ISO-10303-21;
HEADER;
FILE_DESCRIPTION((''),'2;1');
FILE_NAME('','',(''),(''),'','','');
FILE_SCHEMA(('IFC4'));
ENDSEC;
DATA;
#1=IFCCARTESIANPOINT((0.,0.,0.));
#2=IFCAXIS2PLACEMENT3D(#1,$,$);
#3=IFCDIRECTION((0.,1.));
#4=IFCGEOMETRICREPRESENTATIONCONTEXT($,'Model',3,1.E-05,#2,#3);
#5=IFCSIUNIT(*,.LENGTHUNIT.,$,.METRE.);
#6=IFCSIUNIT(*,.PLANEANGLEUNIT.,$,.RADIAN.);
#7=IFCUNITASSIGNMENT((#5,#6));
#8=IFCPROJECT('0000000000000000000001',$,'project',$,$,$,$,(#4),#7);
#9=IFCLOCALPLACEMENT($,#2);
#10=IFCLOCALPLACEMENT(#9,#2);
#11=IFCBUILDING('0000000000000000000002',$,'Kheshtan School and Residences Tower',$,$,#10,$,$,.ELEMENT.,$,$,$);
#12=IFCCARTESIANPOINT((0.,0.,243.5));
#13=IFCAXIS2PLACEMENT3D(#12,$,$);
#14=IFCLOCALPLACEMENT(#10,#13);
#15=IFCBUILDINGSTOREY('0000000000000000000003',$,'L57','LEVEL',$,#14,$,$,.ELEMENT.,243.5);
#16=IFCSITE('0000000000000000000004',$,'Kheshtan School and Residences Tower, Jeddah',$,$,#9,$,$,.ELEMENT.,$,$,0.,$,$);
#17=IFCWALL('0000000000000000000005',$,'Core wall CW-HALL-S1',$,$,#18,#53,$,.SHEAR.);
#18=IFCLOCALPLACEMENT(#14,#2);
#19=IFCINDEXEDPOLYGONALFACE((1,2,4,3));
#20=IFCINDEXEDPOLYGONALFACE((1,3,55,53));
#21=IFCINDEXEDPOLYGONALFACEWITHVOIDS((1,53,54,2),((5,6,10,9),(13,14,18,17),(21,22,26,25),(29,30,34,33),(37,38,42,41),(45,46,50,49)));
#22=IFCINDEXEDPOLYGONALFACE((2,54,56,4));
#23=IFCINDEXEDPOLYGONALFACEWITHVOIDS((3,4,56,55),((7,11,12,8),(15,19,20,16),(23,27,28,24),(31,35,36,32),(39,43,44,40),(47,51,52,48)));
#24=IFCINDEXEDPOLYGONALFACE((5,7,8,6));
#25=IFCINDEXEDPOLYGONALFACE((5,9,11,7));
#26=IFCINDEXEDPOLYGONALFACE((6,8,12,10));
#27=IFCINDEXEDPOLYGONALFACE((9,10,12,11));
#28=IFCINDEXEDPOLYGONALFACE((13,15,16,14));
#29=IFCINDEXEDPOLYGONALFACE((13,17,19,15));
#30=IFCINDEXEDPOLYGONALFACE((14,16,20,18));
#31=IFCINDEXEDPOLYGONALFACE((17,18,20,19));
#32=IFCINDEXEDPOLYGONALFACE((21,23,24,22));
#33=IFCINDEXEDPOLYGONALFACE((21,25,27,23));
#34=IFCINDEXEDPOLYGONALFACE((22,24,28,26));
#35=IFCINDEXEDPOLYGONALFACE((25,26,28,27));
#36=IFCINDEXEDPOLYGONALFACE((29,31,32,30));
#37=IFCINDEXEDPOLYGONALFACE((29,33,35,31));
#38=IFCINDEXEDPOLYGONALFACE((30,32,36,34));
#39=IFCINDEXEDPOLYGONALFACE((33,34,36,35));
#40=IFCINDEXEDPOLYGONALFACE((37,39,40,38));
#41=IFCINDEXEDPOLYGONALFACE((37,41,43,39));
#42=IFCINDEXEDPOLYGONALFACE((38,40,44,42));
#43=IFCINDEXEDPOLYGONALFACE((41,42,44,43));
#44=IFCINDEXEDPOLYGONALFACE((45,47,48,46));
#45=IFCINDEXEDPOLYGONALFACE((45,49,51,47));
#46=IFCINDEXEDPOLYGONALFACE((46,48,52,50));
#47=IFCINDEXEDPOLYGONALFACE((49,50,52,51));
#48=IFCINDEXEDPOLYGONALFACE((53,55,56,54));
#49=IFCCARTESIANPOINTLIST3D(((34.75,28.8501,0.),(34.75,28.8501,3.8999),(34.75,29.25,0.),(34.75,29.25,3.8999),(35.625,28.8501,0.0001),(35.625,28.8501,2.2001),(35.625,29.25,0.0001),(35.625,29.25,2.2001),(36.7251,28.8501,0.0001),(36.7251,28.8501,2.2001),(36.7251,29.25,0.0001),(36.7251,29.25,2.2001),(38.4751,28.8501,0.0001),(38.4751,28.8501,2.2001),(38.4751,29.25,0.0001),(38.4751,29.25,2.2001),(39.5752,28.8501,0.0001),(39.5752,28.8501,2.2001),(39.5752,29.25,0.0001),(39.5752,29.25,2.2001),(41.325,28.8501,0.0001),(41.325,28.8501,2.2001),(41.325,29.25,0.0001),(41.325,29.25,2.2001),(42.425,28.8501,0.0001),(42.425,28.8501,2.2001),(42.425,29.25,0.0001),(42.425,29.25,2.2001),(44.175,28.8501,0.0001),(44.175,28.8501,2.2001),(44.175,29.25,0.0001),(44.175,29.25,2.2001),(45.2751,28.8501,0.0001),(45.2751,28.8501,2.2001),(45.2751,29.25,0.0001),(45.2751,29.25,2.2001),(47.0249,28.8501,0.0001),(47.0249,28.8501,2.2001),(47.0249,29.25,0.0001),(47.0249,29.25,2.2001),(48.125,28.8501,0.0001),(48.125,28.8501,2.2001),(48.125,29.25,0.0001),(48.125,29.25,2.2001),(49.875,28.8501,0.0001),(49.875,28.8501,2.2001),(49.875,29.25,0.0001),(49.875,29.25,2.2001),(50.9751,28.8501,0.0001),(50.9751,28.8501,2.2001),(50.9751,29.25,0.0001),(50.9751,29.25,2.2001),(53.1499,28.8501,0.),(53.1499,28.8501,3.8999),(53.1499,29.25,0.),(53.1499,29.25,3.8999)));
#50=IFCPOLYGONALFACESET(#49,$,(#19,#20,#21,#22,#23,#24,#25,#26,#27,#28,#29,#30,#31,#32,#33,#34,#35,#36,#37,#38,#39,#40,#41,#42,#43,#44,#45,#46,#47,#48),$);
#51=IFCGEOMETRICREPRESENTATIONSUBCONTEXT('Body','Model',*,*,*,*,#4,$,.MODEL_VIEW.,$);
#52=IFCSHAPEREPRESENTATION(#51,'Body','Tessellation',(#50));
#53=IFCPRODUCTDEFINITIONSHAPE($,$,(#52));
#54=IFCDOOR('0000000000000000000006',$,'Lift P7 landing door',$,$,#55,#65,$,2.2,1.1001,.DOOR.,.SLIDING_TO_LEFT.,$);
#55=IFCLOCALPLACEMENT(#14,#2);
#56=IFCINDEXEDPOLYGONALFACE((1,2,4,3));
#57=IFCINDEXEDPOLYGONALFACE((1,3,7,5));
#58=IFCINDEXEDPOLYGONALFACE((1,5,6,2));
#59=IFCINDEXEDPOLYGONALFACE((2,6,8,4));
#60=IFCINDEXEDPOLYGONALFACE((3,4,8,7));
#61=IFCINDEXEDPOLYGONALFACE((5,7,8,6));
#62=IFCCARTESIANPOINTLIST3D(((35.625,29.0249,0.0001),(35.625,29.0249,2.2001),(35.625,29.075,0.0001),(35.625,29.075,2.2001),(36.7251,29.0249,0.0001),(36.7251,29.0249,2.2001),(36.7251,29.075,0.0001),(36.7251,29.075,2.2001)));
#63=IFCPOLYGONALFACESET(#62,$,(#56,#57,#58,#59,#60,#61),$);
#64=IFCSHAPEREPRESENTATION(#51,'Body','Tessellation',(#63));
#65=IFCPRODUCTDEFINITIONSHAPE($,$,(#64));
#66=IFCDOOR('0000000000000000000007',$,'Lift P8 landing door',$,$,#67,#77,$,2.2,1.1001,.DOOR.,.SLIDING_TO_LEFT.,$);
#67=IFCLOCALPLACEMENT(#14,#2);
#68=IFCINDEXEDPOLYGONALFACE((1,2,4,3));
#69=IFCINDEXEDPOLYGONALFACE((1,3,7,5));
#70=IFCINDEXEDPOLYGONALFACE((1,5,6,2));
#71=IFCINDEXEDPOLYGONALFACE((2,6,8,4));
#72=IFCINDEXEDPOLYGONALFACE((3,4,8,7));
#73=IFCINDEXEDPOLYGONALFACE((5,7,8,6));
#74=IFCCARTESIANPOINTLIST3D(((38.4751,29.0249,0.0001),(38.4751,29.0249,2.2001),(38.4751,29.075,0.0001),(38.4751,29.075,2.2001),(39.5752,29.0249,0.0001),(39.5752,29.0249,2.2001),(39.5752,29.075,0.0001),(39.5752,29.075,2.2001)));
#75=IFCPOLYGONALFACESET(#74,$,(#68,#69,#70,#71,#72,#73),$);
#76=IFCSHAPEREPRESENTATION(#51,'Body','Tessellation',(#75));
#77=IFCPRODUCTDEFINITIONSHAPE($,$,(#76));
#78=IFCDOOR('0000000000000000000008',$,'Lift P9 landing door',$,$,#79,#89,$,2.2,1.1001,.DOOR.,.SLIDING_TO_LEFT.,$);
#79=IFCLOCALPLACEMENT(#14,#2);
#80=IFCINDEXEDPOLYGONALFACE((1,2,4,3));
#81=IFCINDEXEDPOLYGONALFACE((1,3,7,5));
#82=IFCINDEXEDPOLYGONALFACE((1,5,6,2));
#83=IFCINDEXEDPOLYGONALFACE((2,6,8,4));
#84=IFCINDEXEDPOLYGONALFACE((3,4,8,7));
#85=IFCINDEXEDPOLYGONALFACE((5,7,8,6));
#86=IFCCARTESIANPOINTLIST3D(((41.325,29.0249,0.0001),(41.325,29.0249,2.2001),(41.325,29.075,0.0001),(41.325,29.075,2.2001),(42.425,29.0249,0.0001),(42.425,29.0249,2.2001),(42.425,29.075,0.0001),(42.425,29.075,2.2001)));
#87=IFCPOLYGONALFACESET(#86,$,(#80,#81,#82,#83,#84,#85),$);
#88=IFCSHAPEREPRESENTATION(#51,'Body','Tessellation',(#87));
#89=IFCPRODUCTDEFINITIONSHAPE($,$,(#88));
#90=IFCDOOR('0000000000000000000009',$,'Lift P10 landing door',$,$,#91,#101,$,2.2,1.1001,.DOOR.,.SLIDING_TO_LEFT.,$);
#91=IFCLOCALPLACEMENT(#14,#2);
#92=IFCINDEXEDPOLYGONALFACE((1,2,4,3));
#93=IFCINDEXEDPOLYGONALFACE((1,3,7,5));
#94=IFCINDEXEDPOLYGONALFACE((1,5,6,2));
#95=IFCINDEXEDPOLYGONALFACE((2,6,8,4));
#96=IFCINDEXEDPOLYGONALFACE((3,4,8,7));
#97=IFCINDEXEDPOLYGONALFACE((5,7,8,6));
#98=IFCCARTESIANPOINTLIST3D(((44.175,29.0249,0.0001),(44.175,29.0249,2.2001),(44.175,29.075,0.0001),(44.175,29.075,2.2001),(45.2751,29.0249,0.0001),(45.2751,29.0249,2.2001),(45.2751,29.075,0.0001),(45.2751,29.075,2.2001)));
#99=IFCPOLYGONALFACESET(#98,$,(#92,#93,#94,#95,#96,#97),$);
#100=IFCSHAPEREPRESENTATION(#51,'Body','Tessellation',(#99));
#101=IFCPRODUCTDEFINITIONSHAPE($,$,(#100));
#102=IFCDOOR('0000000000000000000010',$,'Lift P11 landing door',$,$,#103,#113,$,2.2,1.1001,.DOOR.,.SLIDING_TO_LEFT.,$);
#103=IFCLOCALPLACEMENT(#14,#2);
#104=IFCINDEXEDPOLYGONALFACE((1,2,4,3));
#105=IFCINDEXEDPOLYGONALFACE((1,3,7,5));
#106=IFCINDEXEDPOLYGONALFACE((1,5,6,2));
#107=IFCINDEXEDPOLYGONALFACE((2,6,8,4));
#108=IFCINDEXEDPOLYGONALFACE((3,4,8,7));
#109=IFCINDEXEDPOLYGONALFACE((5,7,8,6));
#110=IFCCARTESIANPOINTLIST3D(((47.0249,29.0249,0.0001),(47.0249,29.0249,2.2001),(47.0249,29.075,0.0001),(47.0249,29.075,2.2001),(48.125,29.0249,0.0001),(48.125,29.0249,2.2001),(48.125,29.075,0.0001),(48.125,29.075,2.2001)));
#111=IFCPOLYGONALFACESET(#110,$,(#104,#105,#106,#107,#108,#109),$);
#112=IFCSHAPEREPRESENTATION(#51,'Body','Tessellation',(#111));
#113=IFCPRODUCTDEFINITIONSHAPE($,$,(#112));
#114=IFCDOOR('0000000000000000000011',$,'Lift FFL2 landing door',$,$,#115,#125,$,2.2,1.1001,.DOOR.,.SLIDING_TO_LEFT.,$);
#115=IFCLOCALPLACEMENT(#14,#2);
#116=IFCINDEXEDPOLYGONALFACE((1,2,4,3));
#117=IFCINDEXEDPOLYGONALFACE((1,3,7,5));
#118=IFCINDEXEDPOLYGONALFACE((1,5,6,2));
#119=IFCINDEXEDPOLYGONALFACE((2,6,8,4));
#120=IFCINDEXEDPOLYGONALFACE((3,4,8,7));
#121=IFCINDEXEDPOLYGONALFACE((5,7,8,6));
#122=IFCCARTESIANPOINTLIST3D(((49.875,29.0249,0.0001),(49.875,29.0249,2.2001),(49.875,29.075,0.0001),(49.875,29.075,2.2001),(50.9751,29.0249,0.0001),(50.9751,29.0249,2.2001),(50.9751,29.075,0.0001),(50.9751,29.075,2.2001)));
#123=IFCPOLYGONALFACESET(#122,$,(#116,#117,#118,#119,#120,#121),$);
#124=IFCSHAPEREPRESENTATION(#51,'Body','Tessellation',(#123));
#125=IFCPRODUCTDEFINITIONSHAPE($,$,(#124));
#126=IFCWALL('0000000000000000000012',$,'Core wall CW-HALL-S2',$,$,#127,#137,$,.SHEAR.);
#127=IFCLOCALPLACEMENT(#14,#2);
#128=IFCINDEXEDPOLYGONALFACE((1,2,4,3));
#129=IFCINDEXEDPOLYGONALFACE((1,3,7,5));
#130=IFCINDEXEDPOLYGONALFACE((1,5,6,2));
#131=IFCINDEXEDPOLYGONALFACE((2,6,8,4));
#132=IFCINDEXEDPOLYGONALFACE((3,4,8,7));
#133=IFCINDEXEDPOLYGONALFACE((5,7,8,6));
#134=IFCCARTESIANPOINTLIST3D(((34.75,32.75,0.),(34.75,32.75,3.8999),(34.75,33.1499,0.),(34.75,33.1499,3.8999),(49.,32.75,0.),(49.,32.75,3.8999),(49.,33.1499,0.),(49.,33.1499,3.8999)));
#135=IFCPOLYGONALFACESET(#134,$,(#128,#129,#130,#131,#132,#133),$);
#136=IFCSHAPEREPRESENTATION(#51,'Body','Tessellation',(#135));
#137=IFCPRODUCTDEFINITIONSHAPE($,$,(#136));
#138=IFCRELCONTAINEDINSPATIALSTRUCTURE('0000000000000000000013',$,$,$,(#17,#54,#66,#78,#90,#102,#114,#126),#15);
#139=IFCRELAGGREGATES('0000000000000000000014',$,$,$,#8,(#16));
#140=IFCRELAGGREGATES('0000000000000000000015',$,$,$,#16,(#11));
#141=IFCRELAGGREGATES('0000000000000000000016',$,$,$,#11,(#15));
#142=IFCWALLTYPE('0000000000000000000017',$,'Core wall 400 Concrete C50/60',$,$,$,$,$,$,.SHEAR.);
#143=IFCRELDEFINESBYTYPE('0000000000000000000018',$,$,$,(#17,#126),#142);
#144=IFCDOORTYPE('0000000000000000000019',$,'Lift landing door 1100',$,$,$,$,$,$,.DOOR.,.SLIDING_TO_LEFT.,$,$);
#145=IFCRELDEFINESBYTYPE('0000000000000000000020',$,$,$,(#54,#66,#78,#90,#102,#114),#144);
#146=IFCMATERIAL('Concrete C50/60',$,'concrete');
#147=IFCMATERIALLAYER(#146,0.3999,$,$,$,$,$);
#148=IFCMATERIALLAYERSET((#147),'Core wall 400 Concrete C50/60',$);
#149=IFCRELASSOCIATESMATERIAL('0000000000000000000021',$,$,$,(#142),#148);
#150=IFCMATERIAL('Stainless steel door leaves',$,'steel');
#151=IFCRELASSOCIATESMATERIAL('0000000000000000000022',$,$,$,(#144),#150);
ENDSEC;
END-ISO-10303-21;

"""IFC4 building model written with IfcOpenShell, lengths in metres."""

from ifc_helpers import new_model, si_unit, direction, frame, frame_2d, origin, place, context, subcontext, project, spatial, rectangle, extrude, source, transform, mapped, material, layer, layer_set, type_object, element, fill, save


model = new_model("IFC4")

# Units and contexts
model_context = context("Model", 3, precision=1e-05, world=origin(), true_north=direction((0.0, 1.0)))
body_context = subcontext(model_context, "Body", "Model", "MODEL_VIEW")
ifc_project = project(units=[si_unit("LENGTHUNIT", "METRE"), si_unit("PLANEANGLEUNIT", "RADIAN")], contexts=[model_context])

# Site, building, storey
site_placement = place(None, origin())
site = spatial("IfcSite", under=ifc_project, at=site_placement, Name="Kheshtan School and Residences Tower, Jeddah", CompositionType="ELEMENT", RefElevation=0.0)
building_placement = place(site_placement, origin())
building = spatial("IfcBuilding", under=site, at=building_placement, Name="Kheshtan School and Residences Tower", CompositionType="ELEMENT")
storey_placement = place(building_placement, frame((0.0, 0.0, 243.5)))
storey = spatial("IfcBuildingStorey", under=building, at=storey_placement, Name="L57", Description="LEVEL", CompositionType="ELEMENT", Elevation=243.5)

# Wall, openings, doors
ifc_material_1 = material(Name="Concrete C50/60", Category="concrete")
ifc_layer_1 = layer(ifc_material_1, 0.3999)
ifc_layer_set_1 = layer_set([ifc_layer_1], Name="Core wall 400 Concrete C50/60")
wall_type_1 = type_object("IfcWallType", Name="Core wall 400 Concrete C50/60", PredefinedType="SHEAR", material=ifc_layer_set_1)
wall_1_placement = place(storey_placement, frame((34.75, 29.05, 0.0), z_axis=(0.0, 0.0, 1.0), x_axis=(1.0, 0.0, 0.0)))
wall_1 = element("IfcWall", 1, at=wall_1_placement, inside=storey, type_object=wall_type_1, Name="Core wall CW-HALL-S1", PredefinedType="SHEAR", context=body_context, shape_type="SweptSolid", body=[
    extrude(rectangle(XDim=18.3999, YDim=0.3999, at=frame_2d((9.2, 0.0))), origin(), (0.0, 0.0, 1.0), 3.8999),
])
opening_1_placement = place(wall_1_placement, frame((0.875, 0.0, 0.0)))
opening_1 = element("IfcOpeningElement", 2, at=opening_1_placement, cuts=wall_1, PredefinedType="OPENING", context=body_context, shape_type="SweptSolid", body=[
    extrude(rectangle(XDim=1.1001, YDim=2.2, at=frame_2d((0.55, 1.1001))), frame((0.0, 0.21, 0.0), z_axis=(0.0, -1.0, 0.0), x_axis=(1.0, 0.0, 0.0)), (0.0, 0.0, 1.0), 0.4199),
])
opening_2_placement = place(wall_1_placement, frame((3.7251, 0.0, 0.0)))
opening_2 = element("IfcOpeningElement", 3, at=opening_2_placement, cuts=wall_1, PredefinedType="OPENING", context=body_context, shape_type="SweptSolid", body=[
    extrude(rectangle(XDim=1.1001, YDim=2.2, at=frame_2d((0.55, 1.1001))), frame((0.0, 0.21, 0.0), z_axis=(0.0, -1.0, 0.0), x_axis=(1.0, 0.0, 0.0)), (0.0, 0.0, 1.0), 0.4199),
])
opening_3_placement = place(wall_1_placement, frame((6.575, 0.0, 0.0)))
opening_3 = element("IfcOpeningElement", 4, at=opening_3_placement, cuts=wall_1, PredefinedType="OPENING", context=body_context, shape_type="SweptSolid", body=[
    extrude(rectangle(XDim=1.1001, YDim=2.2, at=frame_2d((0.55, 1.1001))), frame((0.0, 0.21, 0.0), z_axis=(0.0, -1.0, 0.0), x_axis=(1.0, 0.0, 0.0)), (0.0, 0.0, 1.0), 0.4199),
])
opening_4_placement = place(wall_1_placement, frame((9.425, 0.0, 0.0)))
opening_4 = element("IfcOpeningElement", 5, at=opening_4_placement, cuts=wall_1, PredefinedType="OPENING", context=body_context, shape_type="SweptSolid", body=[
    extrude(rectangle(XDim=1.1001, YDim=2.2, at=frame_2d((0.55, 1.1001))), frame((0.0, 0.21, 0.0), z_axis=(0.0, -1.0, 0.0), x_axis=(1.0, 0.0, 0.0)), (0.0, 0.0, 1.0), 0.4199),
])
opening_5_placement = place(wall_1_placement, frame((12.2749, 0.0, 0.0)))
opening_5 = element("IfcOpeningElement", 6, at=opening_5_placement, cuts=wall_1, PredefinedType="OPENING", context=body_context, shape_type="SweptSolid", body=[
    extrude(rectangle(XDim=1.1001, YDim=2.2, at=frame_2d((0.55, 1.1001))), frame((0.0, 0.21, 0.0), z_axis=(0.0, -1.0, 0.0), x_axis=(1.0, 0.0, 0.0)), (0.0, 0.0, 1.0), 0.4199),
])
opening_6_placement = place(wall_1_placement, frame((15.125, 0.0, 0.0)))
opening_6 = element("IfcOpeningElement", 7, at=opening_6_placement, cuts=wall_1, PredefinedType="OPENING", context=body_context, shape_type="SweptSolid", body=[
    extrude(rectangle(XDim=1.1001, YDim=2.2, at=frame_2d((0.55, 1.1001))), frame((0.0, 0.21, 0.0), z_axis=(0.0, -1.0, 0.0), x_axis=(1.0, 0.0, 0.0)), (0.0, 0.0, 1.0), 0.4199),
])
ifc_material_2 = material(Name="Stainless steel door leaves", Category="steel")
door_type_1 = type_object("IfcDoorType", Name="Lift landing door 1100", OperationType="SLIDING_TO_LEFT", PredefinedType="DOOR", material=ifc_material_2)
shared_shape_1 = source(origin(), body_context, "Body", "SweptSolid", [
    extrude(rectangle(XDim=1.1001, YDim=2.2, at=frame_2d((0.55, 1.1001))), frame((0.0, 0.0249, 0.0), z_axis=(0.0, -1.0, 0.0), x_axis=(1.0, 0.0, 0.0)), (0.0, 0.0, 1.0), 0.05),
])
door_1_placement = place(opening_1_placement, origin())
door_1 = element("IfcDoor", 8, at=door_1_placement, inside=storey, type_object=door_type_1, Name="Lift P7 landing door", OperationType="SLIDING_TO_LEFT", OverallHeight=2.2, OverallWidth=1.1001, PredefinedType="DOOR", context=body_context, shape_type="MappedRepresentation", body=[
    mapped(shared_shape_1, transform((0.0, 0.0, 0.0), x_axis=(1.0, 0.0, 0.0), y_axis=(0.0, 1.0, 0.0), z_axis=(0.0, 0.0, 1.0), scale=1.0)),
])
fill(opening_1, door_1)
door_2_placement = place(opening_2_placement, origin())
door_2 = element("IfcDoor", 9, at=door_2_placement, inside=storey, type_object=door_type_1, Name="Lift P8 landing door", OperationType="SLIDING_TO_LEFT", OverallHeight=2.2, OverallWidth=1.1001, PredefinedType="DOOR", context=body_context, shape_type="MappedRepresentation", body=[
    mapped(shared_shape_1, transform((0.0, 0.0, 0.0), x_axis=(1.0, 0.0, 0.0), y_axis=(0.0, 1.0, 0.0), z_axis=(0.0, 0.0, 1.0), scale=1.0)),
])
fill(opening_2, door_2)
door_3_placement = place(opening_3_placement, origin())
door_3 = element("IfcDoor", 10, at=door_3_placement, inside=storey, type_object=door_type_1, Name="Lift P9 landing door", OperationType="SLIDING_TO_LEFT", OverallHeight=2.2, OverallWidth=1.1001, PredefinedType="DOOR", context=body_context, shape_type="MappedRepresentation", body=[
    mapped(shared_shape_1, transform((0.0, 0.0, 0.0), x_axis=(1.0, 0.0, 0.0), y_axis=(0.0, 1.0, 0.0), z_axis=(0.0, 0.0, 1.0), scale=1.0)),
])
fill(opening_3, door_3)
door_4_placement = place(opening_4_placement, origin())
door_4 = element("IfcDoor", 11, at=door_4_placement, inside=storey, type_object=door_type_1, Name="Lift P10 landing door", OperationType="SLIDING_TO_LEFT", OverallHeight=2.2, OverallWidth=1.1001, PredefinedType="DOOR", context=body_context, shape_type="MappedRepresentation", body=[
    mapped(shared_shape_1, transform((0.0, 0.0, 0.0), x_axis=(1.0, 0.0, 0.0), y_axis=(0.0, 1.0, 0.0), z_axis=(0.0, 0.0, 1.0), scale=1.0)),
])
fill(opening_4, door_4)
door_5_placement = place(opening_5_placement, origin())
door_5 = element("IfcDoor", 12, at=door_5_placement, inside=storey, type_object=door_type_1, Name="Lift P11 landing door", OperationType="SLIDING_TO_LEFT", OverallHeight=2.2, OverallWidth=1.1001, PredefinedType="DOOR", context=body_context, shape_type="MappedRepresentation", body=[
    mapped(shared_shape_1, transform((0.0, 0.0, 0.0), x_axis=(1.0, 0.0, 0.0), y_axis=(0.0, 1.0, 0.0), z_axis=(0.0, 0.0, 1.0), scale=1.0)),
])
fill(opening_5, door_5)
door_6_placement = place(opening_6_placement, origin())
door_6 = element("IfcDoor", 13, at=door_6_placement, inside=storey, type_object=door_type_1, Name="Lift FFL2 landing door", OperationType="SLIDING_TO_LEFT", OverallHeight=2.2, OverallWidth=1.1001, PredefinedType="DOOR", context=body_context, shape_type="MappedRepresentation", body=[
    mapped(shared_shape_1, transform((0.0, 0.0, 0.0), x_axis=(1.0, 0.0, 0.0), y_axis=(0.0, 1.0, 0.0), z_axis=(0.0, 0.0, 1.0), scale=1.0)),
])
fill(opening_6, door_6)

# Wall
wall_2_placement = place(storey_placement, frame((34.75, 32.95, 0.0), z_axis=(0.0, 0.0, 1.0), x_axis=(1.0, 0.0, 0.0)))
element("IfcWall", 14, at=wall_2_placement, inside=storey, type_object=wall_type_1, Name="Core wall CW-HALL-S2", PredefinedType="SHEAR", context=body_context, shape_type="SweptSolid", body=[
    extrude(rectangle(XDim=14.25, YDim=0.3999, at=frame_2d((7.125, 0.0))), origin(), (0.0, 0.0, 1.0), 3.8999),
])

save(model, "model.ifc")
